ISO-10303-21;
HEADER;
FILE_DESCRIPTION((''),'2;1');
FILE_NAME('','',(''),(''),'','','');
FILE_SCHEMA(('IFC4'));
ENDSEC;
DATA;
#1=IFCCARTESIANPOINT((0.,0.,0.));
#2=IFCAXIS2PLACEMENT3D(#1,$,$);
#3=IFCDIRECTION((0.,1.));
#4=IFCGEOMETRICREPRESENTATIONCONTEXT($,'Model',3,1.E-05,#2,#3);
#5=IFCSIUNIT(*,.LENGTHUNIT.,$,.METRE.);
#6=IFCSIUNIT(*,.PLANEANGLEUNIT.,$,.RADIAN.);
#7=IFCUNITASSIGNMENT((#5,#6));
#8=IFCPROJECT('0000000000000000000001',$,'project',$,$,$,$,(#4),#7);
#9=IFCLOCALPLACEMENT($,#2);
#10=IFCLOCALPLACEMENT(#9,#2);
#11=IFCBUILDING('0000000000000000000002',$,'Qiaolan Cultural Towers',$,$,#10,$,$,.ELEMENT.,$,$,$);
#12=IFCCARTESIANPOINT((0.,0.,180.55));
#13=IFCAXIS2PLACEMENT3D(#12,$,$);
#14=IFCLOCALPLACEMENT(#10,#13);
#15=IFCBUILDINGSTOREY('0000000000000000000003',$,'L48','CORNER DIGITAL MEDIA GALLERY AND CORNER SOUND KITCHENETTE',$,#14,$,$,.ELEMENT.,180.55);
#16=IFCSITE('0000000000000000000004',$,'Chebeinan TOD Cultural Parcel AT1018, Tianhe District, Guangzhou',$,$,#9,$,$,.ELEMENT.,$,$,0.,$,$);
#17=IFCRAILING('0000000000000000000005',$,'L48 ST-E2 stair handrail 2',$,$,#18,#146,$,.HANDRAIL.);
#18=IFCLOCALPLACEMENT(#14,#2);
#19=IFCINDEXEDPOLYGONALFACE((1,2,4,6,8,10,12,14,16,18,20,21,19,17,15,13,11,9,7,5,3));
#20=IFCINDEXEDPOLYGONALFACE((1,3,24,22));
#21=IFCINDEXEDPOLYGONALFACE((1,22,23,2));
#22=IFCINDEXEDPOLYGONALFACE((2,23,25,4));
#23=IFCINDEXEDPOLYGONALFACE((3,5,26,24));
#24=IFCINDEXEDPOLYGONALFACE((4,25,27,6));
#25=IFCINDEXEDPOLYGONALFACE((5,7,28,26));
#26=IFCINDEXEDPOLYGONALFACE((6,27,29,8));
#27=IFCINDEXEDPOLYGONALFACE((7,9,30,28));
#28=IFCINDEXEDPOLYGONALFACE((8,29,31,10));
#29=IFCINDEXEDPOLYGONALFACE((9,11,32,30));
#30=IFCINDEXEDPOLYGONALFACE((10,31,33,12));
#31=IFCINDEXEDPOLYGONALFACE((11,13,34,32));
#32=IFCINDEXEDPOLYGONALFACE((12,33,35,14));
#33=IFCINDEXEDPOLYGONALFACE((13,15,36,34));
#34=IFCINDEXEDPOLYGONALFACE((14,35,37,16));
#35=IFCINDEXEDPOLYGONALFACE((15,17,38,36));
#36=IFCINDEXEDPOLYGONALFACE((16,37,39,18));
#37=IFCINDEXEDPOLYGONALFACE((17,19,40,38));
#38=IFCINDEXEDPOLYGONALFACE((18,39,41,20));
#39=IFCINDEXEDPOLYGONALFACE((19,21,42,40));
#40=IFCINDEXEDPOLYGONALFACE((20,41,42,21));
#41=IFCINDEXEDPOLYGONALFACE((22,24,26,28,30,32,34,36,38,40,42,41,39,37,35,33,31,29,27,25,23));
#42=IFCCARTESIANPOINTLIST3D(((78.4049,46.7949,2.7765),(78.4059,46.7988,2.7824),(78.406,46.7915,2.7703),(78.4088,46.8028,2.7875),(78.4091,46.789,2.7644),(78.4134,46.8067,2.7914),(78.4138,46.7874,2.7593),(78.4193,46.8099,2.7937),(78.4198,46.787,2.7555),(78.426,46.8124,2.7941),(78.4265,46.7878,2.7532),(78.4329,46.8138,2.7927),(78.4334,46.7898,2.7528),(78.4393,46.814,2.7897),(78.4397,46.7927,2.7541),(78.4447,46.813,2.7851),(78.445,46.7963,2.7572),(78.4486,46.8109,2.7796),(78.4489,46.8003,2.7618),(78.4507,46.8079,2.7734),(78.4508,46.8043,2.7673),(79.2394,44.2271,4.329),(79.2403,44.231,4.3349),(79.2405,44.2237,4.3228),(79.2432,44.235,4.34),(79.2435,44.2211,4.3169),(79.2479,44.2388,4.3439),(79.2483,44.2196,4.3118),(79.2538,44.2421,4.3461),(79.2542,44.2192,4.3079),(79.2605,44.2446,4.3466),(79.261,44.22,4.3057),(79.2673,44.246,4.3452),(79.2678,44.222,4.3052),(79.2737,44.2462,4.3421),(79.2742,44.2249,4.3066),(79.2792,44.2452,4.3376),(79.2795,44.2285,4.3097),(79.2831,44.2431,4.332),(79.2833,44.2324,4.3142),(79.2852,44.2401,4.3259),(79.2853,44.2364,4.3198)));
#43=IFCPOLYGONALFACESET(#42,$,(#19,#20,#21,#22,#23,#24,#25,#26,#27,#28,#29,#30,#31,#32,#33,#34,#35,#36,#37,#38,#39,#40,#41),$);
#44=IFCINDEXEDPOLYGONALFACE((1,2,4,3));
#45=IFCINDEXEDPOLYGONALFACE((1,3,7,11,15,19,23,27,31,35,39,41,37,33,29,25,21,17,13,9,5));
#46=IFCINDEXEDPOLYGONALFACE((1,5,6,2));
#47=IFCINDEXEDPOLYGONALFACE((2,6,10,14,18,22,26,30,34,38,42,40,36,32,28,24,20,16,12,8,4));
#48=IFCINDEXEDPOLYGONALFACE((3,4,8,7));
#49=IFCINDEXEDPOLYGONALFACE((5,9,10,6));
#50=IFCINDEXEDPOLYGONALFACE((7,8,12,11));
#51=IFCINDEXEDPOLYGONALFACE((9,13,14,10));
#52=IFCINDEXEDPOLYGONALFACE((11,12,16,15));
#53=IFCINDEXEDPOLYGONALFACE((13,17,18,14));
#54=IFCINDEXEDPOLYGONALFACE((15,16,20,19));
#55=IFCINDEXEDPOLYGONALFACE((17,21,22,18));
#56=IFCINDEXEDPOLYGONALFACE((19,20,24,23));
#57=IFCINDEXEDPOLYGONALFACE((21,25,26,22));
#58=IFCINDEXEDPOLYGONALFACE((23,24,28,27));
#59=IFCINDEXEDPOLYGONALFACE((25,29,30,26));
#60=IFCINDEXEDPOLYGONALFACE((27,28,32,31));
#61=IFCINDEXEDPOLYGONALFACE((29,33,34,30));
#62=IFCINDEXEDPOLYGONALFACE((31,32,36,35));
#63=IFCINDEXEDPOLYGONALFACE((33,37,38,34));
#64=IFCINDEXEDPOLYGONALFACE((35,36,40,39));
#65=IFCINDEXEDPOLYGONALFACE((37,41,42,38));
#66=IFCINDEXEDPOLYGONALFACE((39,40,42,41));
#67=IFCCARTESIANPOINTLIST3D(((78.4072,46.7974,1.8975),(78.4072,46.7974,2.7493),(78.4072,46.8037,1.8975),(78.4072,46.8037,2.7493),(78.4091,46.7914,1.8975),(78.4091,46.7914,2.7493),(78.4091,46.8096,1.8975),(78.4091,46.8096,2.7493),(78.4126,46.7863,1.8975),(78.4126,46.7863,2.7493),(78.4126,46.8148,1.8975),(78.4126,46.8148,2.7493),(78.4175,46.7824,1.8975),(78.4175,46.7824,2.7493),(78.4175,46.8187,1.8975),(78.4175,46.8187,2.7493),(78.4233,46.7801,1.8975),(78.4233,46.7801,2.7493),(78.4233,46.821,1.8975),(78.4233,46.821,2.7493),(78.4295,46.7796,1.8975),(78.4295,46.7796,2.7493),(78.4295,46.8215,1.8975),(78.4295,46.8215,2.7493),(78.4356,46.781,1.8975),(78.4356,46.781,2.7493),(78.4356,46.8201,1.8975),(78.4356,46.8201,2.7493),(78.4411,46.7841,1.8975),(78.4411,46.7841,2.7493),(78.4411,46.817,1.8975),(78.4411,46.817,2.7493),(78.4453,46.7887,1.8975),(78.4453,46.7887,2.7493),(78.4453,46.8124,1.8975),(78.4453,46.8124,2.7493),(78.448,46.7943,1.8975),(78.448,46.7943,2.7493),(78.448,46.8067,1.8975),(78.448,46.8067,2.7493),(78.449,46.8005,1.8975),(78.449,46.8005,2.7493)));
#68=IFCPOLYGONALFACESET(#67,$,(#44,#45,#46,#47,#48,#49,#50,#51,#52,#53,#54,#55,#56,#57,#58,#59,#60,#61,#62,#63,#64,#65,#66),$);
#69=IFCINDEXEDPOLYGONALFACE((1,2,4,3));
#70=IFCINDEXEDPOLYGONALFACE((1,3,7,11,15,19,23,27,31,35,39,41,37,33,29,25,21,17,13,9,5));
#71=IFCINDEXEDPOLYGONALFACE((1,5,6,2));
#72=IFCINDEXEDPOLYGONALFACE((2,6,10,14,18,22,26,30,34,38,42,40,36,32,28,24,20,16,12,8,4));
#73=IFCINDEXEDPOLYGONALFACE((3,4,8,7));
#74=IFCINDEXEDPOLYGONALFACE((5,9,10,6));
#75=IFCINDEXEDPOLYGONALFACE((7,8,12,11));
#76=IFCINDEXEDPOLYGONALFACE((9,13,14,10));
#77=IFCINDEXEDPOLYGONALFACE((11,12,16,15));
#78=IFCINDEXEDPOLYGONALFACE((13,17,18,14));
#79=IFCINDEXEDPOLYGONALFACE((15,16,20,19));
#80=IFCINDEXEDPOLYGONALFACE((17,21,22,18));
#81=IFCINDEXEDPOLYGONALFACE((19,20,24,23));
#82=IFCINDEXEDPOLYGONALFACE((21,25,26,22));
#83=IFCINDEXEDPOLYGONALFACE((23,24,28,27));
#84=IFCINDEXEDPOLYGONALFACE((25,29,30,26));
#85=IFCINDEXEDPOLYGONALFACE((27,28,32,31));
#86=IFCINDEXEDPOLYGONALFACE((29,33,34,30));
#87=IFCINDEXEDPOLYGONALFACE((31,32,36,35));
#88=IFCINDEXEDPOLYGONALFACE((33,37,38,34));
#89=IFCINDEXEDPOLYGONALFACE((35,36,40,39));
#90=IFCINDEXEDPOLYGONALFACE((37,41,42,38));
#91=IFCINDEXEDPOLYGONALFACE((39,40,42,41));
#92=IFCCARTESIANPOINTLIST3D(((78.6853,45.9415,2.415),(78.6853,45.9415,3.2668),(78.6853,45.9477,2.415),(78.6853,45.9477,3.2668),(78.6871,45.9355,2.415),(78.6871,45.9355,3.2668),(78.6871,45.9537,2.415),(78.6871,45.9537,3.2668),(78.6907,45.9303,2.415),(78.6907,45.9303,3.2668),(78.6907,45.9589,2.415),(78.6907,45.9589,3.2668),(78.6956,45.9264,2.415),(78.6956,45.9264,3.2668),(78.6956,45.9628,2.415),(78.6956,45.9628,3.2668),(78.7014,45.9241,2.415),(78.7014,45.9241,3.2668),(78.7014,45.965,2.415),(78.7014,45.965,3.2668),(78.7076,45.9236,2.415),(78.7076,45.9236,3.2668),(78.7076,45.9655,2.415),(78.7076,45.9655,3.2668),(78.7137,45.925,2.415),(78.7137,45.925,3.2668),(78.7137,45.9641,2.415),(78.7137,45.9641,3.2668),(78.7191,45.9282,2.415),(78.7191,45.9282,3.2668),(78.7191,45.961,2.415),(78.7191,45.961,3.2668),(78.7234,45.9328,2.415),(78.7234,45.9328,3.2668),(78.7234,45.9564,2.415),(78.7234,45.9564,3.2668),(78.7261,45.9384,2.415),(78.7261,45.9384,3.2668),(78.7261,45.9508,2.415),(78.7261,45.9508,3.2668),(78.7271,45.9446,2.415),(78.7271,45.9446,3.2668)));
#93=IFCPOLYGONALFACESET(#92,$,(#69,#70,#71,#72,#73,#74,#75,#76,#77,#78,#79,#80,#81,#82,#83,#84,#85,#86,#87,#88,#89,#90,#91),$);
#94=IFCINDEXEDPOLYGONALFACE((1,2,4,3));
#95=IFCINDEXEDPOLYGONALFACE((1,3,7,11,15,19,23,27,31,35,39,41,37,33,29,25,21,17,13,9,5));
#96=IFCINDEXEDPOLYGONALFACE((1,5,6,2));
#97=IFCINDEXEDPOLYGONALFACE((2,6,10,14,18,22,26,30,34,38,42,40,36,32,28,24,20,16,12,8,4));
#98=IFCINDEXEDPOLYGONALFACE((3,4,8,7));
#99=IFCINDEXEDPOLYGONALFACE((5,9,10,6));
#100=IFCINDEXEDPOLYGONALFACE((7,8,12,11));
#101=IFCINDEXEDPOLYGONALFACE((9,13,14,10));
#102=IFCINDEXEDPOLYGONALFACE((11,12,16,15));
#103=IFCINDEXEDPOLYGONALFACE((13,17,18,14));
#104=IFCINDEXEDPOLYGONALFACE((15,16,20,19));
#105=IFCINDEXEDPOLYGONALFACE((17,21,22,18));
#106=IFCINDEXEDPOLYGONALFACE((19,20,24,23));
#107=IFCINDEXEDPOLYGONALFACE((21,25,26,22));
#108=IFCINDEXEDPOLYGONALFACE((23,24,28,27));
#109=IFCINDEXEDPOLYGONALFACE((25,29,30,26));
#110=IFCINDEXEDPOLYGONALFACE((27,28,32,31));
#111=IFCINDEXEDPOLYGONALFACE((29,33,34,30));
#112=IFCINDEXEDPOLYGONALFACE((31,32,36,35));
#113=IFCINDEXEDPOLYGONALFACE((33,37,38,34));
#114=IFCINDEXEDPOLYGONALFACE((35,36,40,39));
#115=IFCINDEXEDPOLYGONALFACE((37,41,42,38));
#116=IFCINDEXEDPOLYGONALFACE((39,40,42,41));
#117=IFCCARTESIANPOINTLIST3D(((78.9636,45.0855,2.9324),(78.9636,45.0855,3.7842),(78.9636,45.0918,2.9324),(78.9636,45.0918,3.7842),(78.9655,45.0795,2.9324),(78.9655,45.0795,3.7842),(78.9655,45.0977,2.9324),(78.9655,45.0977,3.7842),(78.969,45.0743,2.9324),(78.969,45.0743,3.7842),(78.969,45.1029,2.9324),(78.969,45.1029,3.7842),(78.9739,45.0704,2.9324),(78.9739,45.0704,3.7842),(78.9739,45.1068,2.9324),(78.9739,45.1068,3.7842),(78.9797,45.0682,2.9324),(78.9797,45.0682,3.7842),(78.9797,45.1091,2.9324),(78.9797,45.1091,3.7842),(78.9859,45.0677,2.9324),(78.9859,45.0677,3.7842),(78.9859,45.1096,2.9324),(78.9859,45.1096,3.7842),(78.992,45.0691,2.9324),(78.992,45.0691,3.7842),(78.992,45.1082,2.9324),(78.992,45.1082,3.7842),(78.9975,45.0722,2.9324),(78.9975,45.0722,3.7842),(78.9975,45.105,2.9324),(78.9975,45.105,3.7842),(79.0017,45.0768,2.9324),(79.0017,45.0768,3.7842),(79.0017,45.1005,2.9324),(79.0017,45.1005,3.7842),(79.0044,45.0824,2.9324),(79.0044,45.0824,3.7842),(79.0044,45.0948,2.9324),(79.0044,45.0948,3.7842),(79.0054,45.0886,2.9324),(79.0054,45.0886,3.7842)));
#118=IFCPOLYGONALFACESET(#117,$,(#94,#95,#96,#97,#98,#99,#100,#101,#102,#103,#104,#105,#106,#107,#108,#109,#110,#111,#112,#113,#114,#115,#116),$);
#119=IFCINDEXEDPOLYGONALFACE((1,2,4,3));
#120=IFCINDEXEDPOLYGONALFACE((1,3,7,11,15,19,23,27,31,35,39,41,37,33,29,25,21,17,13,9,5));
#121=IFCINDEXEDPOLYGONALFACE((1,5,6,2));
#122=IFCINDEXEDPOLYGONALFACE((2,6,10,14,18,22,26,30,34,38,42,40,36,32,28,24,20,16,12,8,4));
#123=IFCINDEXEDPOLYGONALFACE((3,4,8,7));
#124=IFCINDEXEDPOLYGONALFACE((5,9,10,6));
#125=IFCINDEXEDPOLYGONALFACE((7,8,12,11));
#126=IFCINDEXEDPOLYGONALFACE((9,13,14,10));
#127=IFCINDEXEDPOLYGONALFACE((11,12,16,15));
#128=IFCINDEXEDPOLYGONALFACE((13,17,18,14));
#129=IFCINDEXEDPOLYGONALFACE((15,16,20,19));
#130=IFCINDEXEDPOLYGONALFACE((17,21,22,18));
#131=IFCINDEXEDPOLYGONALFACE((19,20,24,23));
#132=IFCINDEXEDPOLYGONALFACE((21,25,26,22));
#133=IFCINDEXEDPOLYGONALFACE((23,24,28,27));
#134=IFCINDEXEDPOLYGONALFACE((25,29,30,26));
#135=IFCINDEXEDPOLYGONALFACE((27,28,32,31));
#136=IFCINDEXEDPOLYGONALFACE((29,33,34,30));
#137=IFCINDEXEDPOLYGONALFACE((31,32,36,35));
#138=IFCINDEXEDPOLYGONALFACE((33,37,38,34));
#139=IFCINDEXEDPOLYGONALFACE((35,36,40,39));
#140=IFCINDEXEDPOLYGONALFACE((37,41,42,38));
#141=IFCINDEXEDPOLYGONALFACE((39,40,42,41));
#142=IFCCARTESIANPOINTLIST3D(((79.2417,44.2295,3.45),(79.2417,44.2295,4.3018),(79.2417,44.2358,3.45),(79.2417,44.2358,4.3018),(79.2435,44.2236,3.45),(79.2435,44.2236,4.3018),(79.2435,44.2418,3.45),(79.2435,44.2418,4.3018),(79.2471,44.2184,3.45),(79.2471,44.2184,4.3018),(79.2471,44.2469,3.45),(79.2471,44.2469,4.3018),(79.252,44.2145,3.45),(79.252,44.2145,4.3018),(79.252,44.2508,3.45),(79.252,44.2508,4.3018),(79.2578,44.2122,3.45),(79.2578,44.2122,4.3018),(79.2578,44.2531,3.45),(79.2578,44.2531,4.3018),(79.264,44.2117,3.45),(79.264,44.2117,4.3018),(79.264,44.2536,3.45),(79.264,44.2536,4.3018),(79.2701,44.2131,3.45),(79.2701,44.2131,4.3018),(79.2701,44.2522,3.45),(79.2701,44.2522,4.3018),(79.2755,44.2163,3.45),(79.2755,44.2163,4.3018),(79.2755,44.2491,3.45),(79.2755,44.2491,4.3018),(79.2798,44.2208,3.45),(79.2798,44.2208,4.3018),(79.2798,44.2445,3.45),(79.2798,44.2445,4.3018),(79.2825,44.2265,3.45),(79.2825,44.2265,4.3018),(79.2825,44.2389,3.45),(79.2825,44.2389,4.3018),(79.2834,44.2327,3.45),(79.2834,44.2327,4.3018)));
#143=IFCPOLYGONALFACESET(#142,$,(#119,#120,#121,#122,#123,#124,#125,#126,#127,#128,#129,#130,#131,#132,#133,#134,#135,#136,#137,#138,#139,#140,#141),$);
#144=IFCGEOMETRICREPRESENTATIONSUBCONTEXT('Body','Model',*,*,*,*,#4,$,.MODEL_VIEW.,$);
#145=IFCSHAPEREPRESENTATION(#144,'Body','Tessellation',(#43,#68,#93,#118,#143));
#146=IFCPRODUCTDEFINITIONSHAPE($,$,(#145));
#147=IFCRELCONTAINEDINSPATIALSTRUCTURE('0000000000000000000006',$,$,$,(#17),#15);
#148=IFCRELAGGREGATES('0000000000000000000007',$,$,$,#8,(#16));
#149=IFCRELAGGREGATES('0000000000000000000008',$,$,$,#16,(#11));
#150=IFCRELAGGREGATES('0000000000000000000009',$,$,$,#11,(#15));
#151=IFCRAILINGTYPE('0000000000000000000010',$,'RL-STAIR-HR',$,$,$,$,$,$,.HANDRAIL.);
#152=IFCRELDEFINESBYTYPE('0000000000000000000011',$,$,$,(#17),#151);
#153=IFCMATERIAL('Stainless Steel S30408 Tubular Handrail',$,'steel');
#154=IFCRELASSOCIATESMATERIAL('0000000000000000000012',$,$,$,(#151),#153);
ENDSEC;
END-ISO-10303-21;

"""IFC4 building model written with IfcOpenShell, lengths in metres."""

from ifc_helpers import new_model, si_unit, direction, frame, origin, origin_2d, place, context, subcontext, project, spatial, circle, extrude, material, type_object, element, save


model = new_model("IFC4")

# Units and contexts
model_context = context("Model", 3, precision=1e-05, world=origin(), true_north=direction((0.0, 1.0)))
body_context = subcontext(model_context, "Body", "Model", "MODEL_VIEW")
ifc_project = project(units=[si_unit("LENGTHUNIT", "METRE"), si_unit("PLANEANGLEUNIT", "RADIAN")], contexts=[model_context])

# Site, building, storey
site_placement = place(None, origin())
site = spatial("IfcSite", under=ifc_project, at=site_placement, Name="Chebeinan TOD Cultural Parcel AT1018, Tianhe District, Guangzhou", CompositionType="ELEMENT", RefElevation=0.0)
building_placement = place(site_placement, origin())
building = spatial("IfcBuilding", under=site, at=building_placement, Name="Qiaolan Cultural Towers", CompositionType="ELEMENT")
storey_placement = place(building_placement, frame((0.0, 0.0, 180.55)))
storey = spatial("IfcBuildingStorey", under=building, at=storey_placement, Name="L48", Description="CORNER DIGITAL MEDIA GALLERY AND CORNER SOUND KITCHENETTE", CompositionType="ELEMENT", Elevation=180.55)

# Railing
ifc_material_1 = material(Name="Stainless Steel S30408 Tubular Handrail", Category="steel")
railing_type_1 = type_object("IfcRailingType", Name="RL-STAIR-HR", PredefinedType="HANDRAIL", material=ifc_material_1)
railing_1_placement = place(storey_placement, frame((78.428, 46.8005, 1.8975)))
element("IfcRailing", 1, at=railing_1_placement, inside=storey, type_object=railing_type_1, Name="L48 ST-E2 stair handrail 2", PredefinedType="HANDRAIL", context=body_context, shape_type="SweptSolid", body=[
    extrude(circle(Radius=0.0239, at=origin_2d()), frame((0.0, 0.0, 0.876), z_axis=(0.267926, -0.824471, 0.498461), x_axis=(0.951043, 0.309057, 0.0)), (0.0, 0.0, 1.0), 3.1145),
    extrude(circle(Radius=0.021, at=origin_2d()), origin(), (0.0, 0.0, 1.0), 0.8518),
    extrude(circle(Radius=0.021, at=origin_2d()), frame((0.2781, -0.856, 0.5176)), (0.0, 0.0, 1.0), 0.8518),
    extrude(circle(Radius=0.021, at=origin_2d()), frame((0.5564, -1.7119, 1.0349)), (0.0, 0.0, 1.0), 0.8518),
    extrude(circle(Radius=0.021, at=origin_2d()), frame((0.8345, -2.5679, 1.5525)), (0.0, 0.0, 1.0), 0.8518),
])

save(model, "model.ifc")
